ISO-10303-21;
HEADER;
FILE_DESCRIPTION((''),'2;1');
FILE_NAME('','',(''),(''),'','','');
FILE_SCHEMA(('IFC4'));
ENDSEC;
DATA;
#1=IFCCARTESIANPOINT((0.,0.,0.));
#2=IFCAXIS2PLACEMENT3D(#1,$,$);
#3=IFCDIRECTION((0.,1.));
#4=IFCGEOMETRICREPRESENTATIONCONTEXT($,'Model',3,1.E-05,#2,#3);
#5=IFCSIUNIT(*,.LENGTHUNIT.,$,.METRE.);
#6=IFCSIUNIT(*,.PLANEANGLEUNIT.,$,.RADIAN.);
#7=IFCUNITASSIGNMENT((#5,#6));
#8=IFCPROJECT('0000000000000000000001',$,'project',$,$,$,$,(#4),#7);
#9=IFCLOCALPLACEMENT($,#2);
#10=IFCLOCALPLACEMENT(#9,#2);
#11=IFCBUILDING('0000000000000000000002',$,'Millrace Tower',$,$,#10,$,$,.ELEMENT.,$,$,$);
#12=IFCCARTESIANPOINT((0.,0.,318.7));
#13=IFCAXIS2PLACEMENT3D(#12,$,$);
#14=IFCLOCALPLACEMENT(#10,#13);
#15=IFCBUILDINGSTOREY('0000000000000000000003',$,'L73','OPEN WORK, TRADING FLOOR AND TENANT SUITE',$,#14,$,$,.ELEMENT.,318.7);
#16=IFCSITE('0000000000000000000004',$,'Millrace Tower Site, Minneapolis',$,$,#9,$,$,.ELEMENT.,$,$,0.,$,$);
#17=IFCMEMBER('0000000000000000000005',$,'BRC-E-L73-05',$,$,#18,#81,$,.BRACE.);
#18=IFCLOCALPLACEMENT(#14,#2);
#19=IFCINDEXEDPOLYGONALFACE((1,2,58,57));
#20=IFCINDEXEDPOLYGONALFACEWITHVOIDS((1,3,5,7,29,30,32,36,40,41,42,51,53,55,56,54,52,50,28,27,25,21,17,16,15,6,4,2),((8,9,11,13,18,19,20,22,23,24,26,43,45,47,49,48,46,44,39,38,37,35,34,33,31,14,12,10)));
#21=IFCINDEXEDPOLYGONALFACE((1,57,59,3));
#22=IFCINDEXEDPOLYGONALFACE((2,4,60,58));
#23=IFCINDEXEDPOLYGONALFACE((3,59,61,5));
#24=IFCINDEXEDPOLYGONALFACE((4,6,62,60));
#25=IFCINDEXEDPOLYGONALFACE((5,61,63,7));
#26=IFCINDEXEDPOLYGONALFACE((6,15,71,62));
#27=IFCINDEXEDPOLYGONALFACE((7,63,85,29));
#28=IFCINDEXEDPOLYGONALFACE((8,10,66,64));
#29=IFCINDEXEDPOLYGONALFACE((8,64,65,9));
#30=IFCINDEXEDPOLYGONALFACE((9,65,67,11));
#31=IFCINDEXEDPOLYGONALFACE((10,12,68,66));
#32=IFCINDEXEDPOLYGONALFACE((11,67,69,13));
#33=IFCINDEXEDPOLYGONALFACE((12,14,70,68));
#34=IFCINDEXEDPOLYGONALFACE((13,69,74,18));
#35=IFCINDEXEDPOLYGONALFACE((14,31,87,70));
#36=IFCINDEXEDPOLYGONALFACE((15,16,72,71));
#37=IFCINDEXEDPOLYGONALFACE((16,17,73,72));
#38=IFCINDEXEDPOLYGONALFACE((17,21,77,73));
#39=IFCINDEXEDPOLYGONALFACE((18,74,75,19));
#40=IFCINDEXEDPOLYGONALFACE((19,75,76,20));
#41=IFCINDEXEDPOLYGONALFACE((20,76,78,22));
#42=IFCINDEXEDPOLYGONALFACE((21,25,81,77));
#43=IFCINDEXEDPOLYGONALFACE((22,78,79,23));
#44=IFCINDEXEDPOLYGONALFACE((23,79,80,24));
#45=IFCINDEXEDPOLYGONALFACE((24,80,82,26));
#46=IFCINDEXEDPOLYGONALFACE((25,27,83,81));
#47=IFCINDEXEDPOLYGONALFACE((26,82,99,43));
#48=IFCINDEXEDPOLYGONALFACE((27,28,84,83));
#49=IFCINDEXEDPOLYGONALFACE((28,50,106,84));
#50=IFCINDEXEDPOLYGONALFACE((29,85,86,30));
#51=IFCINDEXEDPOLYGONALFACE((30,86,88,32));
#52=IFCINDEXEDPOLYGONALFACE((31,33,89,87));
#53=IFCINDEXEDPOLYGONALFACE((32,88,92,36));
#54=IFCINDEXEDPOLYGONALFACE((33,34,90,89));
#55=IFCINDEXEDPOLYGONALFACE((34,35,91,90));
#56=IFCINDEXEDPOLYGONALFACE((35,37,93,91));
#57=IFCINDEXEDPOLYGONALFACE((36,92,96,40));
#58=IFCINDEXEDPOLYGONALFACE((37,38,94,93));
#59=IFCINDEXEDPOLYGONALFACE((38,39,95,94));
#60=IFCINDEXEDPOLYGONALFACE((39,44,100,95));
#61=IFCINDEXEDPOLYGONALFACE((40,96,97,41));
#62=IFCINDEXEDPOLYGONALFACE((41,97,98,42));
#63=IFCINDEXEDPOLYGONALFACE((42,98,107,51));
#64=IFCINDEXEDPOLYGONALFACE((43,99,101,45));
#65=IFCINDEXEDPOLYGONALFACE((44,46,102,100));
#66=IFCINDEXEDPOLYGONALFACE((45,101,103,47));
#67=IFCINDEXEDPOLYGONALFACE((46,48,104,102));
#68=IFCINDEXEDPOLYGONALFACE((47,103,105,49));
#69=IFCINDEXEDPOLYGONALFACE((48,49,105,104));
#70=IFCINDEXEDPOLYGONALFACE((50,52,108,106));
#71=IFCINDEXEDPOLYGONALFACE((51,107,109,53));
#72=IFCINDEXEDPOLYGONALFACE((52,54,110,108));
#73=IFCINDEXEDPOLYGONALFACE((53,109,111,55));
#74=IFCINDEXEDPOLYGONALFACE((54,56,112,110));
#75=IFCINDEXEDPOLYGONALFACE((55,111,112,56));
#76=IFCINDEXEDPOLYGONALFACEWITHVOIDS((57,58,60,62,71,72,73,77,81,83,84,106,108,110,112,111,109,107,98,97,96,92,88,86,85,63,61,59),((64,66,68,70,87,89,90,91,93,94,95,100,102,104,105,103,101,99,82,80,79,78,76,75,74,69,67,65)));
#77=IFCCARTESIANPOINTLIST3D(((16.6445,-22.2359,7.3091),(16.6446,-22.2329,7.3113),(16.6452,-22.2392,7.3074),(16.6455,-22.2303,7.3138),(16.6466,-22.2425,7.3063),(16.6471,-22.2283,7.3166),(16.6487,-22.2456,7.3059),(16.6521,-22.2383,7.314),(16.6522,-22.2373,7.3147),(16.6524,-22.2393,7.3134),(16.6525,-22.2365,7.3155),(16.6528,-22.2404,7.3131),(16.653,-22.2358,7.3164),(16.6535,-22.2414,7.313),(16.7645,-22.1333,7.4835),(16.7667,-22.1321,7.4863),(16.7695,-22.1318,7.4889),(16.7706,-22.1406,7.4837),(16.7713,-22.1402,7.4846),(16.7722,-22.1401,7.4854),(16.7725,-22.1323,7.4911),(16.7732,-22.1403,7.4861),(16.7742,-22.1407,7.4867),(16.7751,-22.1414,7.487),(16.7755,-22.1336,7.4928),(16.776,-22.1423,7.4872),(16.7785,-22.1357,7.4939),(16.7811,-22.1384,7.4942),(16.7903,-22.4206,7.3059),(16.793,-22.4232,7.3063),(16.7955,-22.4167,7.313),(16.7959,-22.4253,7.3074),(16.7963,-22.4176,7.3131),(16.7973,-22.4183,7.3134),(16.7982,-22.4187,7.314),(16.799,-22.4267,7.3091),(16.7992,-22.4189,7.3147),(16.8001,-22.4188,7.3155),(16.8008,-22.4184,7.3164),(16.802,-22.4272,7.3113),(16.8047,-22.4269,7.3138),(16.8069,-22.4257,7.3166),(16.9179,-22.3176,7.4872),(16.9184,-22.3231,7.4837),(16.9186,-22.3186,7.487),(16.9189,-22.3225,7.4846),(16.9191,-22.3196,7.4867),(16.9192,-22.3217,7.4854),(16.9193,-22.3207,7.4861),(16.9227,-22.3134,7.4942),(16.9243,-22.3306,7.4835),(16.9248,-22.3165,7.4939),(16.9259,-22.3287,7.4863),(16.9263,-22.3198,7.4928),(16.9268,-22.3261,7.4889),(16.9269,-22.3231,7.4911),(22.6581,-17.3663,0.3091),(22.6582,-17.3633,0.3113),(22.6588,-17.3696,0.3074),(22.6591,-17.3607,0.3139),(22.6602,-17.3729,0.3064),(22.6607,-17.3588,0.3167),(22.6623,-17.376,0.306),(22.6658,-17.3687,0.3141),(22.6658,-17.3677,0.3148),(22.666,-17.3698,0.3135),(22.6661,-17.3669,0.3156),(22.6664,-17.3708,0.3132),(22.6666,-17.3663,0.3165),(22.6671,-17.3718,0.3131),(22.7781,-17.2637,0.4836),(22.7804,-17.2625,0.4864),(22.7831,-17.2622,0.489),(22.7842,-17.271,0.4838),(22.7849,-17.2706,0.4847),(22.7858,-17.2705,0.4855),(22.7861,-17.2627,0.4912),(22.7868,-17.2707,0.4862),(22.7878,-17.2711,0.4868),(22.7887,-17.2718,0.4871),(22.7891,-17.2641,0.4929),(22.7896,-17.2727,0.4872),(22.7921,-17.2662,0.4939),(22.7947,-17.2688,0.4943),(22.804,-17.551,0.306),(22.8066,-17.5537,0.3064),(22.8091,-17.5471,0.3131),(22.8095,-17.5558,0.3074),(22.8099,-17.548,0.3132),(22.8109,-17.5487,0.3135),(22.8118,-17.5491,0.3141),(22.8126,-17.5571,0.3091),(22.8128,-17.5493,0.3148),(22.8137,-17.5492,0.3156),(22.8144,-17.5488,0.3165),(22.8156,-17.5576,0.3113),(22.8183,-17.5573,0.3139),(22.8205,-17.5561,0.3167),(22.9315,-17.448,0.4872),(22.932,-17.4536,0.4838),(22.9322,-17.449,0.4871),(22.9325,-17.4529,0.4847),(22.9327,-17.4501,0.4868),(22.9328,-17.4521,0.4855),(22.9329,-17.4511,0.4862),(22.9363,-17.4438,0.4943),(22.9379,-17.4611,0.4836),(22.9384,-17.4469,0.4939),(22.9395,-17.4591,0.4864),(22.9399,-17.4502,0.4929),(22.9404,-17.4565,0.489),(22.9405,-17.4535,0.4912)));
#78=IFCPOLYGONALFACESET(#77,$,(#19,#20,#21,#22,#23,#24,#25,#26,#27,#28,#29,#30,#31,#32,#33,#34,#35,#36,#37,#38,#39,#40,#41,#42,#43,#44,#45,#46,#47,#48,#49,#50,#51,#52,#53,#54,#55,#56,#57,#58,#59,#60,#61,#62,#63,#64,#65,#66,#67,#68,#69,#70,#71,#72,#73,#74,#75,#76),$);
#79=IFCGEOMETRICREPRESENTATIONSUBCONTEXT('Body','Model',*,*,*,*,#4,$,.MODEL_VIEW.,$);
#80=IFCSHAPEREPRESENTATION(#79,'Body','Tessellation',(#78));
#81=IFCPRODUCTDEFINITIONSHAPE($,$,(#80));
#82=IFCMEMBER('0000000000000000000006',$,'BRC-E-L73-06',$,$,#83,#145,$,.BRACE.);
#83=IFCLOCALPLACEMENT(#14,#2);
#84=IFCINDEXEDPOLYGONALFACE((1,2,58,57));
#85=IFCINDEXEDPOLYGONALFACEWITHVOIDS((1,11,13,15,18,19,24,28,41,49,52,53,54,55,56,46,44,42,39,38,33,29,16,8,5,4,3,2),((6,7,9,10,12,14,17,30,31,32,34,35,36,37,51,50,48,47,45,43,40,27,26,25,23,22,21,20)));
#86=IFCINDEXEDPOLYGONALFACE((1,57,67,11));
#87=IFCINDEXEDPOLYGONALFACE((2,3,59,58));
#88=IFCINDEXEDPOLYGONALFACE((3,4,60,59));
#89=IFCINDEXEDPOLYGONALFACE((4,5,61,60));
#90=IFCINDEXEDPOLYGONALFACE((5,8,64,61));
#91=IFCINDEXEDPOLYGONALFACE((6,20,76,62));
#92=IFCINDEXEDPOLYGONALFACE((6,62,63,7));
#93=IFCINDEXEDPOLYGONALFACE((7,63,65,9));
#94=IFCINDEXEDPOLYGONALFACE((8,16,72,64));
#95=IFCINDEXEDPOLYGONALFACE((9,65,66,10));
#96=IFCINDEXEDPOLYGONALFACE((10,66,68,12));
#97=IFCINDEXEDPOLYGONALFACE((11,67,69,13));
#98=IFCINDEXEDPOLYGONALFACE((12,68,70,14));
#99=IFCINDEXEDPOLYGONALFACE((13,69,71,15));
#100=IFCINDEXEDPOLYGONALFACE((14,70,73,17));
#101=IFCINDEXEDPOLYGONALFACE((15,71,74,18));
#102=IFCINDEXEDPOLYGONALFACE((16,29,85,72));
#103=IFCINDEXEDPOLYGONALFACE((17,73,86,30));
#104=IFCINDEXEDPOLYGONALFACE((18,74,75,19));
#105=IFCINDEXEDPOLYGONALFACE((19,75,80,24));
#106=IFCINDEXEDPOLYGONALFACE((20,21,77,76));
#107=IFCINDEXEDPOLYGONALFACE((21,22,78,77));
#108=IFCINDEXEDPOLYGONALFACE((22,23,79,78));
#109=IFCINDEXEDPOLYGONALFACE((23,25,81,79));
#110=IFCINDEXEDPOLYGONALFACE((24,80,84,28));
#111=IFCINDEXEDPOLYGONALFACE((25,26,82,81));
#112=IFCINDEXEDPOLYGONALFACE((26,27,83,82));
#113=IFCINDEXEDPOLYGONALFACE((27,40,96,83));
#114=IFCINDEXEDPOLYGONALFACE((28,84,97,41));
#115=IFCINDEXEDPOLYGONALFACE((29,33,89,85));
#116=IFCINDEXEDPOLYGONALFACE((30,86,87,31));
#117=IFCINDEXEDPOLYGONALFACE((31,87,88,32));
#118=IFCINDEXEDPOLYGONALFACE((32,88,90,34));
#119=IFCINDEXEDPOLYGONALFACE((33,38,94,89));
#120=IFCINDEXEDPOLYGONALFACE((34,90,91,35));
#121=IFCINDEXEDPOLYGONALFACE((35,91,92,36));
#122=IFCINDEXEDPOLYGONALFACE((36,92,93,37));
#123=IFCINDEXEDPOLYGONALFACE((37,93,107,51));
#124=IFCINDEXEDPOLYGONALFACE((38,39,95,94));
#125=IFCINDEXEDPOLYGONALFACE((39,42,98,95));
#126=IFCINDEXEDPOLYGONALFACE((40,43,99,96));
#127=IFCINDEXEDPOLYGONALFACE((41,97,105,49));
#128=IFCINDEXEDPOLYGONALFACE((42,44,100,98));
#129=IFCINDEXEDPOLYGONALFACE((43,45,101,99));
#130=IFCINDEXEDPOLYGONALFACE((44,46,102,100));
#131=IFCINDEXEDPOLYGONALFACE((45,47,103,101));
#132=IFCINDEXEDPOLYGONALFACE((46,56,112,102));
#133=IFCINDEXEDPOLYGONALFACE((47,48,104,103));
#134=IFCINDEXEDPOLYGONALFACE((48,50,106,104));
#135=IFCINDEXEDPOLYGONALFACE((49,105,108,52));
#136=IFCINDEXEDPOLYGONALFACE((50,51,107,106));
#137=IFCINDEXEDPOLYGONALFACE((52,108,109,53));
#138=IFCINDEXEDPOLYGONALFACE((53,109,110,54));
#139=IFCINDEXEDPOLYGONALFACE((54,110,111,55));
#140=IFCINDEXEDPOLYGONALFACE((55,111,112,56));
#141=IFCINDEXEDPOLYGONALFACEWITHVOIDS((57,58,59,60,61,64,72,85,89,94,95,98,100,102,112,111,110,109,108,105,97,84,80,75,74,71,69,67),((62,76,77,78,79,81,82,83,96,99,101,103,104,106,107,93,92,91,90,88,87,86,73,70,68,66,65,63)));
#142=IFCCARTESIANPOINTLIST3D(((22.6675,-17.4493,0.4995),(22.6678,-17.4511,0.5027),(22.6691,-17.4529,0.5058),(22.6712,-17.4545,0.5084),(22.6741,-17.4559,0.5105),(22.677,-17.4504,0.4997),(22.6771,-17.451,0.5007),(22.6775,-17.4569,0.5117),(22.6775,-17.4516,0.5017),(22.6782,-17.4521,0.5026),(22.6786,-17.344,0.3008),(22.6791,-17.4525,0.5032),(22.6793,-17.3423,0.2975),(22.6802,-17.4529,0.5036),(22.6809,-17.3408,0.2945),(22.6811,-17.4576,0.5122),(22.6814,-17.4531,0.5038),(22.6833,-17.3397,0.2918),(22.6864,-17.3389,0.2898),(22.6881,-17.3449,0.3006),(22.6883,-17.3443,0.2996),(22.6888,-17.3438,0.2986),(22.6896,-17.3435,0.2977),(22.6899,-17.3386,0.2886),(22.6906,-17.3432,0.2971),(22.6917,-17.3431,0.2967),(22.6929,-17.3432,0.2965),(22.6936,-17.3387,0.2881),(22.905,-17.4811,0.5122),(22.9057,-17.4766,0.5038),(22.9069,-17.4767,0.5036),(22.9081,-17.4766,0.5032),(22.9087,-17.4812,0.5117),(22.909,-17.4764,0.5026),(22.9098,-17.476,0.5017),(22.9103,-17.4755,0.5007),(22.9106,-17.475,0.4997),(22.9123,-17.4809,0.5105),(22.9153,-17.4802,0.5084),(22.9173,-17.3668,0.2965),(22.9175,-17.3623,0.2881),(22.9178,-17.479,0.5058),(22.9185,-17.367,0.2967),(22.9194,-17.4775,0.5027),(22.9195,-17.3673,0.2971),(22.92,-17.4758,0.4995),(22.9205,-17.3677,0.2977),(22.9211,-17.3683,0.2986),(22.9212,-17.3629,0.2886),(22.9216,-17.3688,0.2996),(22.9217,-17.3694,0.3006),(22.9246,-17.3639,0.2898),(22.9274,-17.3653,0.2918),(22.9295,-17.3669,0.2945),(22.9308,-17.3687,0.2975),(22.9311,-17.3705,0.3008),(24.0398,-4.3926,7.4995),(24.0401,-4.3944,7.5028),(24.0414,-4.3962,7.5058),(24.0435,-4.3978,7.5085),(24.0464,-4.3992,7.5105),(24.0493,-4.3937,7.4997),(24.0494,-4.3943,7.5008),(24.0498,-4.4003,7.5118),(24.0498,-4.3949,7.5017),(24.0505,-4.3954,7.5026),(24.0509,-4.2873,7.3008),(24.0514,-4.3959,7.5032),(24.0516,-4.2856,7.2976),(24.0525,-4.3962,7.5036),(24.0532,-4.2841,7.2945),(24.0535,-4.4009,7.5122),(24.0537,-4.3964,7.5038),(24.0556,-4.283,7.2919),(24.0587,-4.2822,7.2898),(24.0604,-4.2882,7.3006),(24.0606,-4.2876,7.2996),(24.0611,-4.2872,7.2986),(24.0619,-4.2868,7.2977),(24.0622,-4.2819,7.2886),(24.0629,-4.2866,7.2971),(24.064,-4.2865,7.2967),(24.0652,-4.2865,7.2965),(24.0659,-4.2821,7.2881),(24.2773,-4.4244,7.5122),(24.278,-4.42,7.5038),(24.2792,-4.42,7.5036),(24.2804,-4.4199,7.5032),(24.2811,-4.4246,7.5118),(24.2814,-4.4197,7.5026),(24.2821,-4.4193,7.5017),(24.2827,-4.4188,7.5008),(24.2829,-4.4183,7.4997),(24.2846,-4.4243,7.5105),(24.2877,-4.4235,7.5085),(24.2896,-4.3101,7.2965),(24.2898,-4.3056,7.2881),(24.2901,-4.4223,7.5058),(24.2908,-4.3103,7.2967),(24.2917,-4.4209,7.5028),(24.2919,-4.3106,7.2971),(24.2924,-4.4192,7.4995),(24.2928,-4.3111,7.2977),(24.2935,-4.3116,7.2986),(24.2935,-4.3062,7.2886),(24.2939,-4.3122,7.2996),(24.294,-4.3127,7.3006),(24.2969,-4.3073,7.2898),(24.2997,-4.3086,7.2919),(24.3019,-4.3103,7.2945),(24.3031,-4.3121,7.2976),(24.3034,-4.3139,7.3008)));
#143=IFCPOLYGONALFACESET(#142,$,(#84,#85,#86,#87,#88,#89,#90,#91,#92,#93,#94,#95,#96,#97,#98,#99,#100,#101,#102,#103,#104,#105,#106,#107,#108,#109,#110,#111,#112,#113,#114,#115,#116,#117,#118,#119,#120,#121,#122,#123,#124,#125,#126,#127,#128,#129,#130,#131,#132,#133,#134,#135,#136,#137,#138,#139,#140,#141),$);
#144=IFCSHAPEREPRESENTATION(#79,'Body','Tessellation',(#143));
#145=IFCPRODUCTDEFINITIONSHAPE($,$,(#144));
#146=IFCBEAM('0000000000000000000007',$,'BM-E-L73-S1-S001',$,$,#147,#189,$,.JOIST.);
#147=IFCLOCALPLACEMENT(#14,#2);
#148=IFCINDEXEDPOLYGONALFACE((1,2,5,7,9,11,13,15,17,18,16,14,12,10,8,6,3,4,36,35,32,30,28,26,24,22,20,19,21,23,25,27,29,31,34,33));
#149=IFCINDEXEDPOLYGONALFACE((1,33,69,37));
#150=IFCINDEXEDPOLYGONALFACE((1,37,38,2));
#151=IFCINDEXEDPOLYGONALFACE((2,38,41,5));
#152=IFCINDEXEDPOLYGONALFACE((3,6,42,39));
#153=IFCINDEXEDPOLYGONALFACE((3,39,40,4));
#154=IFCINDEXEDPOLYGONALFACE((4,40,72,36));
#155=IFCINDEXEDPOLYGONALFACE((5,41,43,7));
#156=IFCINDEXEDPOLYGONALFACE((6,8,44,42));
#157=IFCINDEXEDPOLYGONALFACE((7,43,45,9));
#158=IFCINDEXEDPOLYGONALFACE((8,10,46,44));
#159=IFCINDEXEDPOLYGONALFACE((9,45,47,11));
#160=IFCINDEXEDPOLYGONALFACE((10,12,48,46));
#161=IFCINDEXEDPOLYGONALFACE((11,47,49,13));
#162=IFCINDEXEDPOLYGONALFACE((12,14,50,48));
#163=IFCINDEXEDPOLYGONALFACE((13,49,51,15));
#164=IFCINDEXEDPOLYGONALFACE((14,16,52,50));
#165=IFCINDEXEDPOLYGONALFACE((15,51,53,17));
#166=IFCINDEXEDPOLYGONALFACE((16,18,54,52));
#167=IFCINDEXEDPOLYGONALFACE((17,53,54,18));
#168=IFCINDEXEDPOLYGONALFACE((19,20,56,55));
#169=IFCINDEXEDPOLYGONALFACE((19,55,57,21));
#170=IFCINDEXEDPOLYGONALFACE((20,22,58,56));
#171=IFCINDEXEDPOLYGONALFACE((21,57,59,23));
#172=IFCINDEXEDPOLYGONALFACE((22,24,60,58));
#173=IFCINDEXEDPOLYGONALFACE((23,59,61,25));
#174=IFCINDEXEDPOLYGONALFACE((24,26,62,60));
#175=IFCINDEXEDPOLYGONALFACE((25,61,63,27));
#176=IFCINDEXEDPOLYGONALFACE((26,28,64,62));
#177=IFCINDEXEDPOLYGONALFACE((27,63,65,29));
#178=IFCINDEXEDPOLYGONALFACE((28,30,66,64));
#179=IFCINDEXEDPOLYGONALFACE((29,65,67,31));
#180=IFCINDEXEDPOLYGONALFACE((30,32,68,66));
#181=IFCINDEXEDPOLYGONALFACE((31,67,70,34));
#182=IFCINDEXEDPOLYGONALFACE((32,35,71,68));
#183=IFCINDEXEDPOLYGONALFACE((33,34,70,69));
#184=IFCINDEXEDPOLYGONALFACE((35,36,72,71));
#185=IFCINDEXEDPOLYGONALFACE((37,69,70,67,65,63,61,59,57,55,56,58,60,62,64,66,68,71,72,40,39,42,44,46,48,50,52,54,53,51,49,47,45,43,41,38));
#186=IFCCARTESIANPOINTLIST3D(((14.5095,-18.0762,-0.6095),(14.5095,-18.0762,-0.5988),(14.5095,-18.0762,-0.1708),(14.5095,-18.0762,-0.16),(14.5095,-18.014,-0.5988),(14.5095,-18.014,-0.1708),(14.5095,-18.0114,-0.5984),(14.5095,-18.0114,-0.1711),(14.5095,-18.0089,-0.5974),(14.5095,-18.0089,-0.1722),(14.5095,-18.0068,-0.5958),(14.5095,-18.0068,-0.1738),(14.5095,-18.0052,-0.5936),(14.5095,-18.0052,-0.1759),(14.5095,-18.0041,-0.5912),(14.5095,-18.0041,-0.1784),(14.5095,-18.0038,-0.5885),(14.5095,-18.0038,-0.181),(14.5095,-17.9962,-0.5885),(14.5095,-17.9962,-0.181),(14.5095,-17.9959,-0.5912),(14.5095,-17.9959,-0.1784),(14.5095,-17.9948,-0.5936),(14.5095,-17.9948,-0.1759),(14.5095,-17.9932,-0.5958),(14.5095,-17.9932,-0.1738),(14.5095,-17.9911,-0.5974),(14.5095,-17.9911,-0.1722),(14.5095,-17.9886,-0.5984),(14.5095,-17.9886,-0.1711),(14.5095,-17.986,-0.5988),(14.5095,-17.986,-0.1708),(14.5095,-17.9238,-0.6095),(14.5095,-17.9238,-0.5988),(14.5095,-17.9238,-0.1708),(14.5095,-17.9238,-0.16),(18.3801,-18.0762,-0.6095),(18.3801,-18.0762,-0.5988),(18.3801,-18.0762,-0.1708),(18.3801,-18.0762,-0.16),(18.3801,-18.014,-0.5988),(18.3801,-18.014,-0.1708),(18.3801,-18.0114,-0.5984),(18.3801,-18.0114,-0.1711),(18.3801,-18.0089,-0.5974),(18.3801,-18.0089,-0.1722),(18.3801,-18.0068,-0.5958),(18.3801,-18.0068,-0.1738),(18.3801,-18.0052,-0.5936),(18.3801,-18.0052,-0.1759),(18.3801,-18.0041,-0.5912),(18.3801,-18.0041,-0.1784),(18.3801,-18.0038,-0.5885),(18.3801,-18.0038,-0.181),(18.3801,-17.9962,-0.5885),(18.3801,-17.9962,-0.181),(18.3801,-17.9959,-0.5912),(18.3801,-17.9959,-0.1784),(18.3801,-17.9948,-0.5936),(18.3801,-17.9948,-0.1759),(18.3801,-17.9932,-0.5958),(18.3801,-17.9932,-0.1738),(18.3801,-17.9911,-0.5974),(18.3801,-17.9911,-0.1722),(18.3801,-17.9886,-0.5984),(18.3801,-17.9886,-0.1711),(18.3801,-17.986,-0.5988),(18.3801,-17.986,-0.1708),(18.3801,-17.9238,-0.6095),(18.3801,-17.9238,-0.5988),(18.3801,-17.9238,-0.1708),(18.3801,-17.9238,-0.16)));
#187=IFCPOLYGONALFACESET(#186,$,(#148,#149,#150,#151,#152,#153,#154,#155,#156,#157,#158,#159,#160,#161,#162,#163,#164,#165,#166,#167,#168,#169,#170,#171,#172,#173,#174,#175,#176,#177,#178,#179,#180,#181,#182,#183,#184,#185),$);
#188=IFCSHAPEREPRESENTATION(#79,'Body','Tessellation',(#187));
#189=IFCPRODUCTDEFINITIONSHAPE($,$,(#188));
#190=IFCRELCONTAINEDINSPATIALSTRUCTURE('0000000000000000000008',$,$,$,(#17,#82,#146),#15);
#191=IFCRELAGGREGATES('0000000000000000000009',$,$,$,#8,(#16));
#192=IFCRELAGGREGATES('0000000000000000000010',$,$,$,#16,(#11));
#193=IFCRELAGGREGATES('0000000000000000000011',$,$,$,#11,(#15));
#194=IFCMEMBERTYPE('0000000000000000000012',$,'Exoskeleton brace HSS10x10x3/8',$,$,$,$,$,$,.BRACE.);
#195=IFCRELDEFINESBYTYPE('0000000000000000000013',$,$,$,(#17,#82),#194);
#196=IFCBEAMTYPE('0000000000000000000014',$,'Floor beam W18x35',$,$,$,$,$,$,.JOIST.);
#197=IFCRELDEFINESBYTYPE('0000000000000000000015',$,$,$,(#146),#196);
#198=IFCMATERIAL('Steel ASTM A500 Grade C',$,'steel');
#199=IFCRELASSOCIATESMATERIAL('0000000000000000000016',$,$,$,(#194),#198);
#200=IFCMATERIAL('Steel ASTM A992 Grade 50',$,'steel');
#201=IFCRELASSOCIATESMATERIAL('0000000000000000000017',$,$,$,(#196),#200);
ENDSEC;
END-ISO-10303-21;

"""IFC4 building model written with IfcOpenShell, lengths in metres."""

from ifc_helpers import new_model, si_unit, direction, frame, origin, origin_2d, place, context, subcontext, project, spatial, hollow_rectangle, i_section, extrude, material, material_profile, profile_set, type_object, element, save


model = new_model("IFC4")

# Units and contexts
model_context = context("Model", 3, precision=1e-05, world=origin(), true_north=direction((0.0, 1.0)))
body_context = subcontext(model_context, "Body", "Model", "MODEL_VIEW")
ifc_project = project(units=[si_unit("LENGTHUNIT", "METRE"), si_unit("PLANEANGLEUNIT", "RADIAN")], contexts=[model_context])

# Site, building, storey
site_placement = place(None, origin())
site = spatial("IfcSite", under=ifc_project, at=site_placement, Name="Millrace Tower Site, Minneapolis", CompositionType="ELEMENT", RefElevation=0.0)
building_placement = place(site_placement, origin())
building = spatial("IfcBuilding", under=site, at=building_placement, Name="Millrace Tower", CompositionType="ELEMENT")
storey_placement = place(building_placement, frame((0.0, 0.0, 318.7)))
storey = spatial("IfcBuildingStorey", under=building, at=storey_placement, Name="L73", Description="OPEN WORK, TRADING FLOOR AND TENANT SUITE", CompositionType="ELEMENT", Elevation=318.7)

# Members
ifc_material_1 = material(Name="Steel ASTM A500 Grade C", Category="steel")
ifc_material_profile_1 = material_profile(ifc_material_1, hollow_rectangle(XDim=0.2539, YDim=0.2539, WallThickness=0.0095, InnerFilletRadius=0.0046, OuterFilletRadius=0.0144, at=origin_2d()))
ifc_profile_set_1 = profile_set([ifc_material_profile_1], Name="Steel ASTM A500 Grade C")
member_type_1 = type_object("IfcMemberType", Name="Exoskeleton brace HSS10x10x3/8", PredefinedType="BRACE", material=ifc_profile_set_1)
member_1_placement = place(storey_placement, frame((22.7993, -17.4099, 0.4001), z_axis=(-0.576329, -0.466688, 0.670855), x_axis=(0.629309, -0.777155, 0.0)))
element("IfcMember", 1, at=member_1_placement, inside=storey, type_object=member_type_1, Name="BRC-E-L73-05", PredefinedType="BRACE", context=body_context, shape_type="SweptSolid", body=[
    extrude(hollow_rectangle(XDim=0.2539, YDim=0.2539, WallThickness=0.0095, InnerFilletRadius=0.0046, OuterFilletRadius=0.0144, at=origin_2d()), origin(), (0.0, 0.0, 1.0), 10.4343),
])
member_2_placement = place(storey_placement, frame((22.7993, -17.4099, 0.4001), z_axis=(0.092237, 0.877572, 0.470489), x_axis=(-0.994522, 0.104529, 0.0)))
element("IfcMember", 2, at=member_2_placement, inside=storey, type_object=member_type_1, Name="BRC-E-L73-06", PredefinedType="BRACE", context=body_context, shape_type="SweptSolid", body=[
    extrude(hollow_rectangle(XDim=0.2539, YDim=0.2539, WallThickness=0.0095, InnerFilletRadius=0.0046, OuterFilletRadius=0.0144, at=origin_2d()), origin(), (0.0, 0.0, 1.0), 14.8782),
])

# Beam
ifc_material_2 = material(Name="Steel ASTM A992 Grade 50", Category="steel")
ifc_material_profile_2 = material_profile(ifc_material_2, i_section(OverallWidth=0.1523, OverallDepth=0.4495, WebThickness=0.0076, FlangeThickness=0.0107, FilletRadius=0.0103, at=origin_2d()))
ifc_profile_set_2 = profile_set([ifc_material_profile_2], Name="Steel ASTM A992 Grade 50")
beam_type_1 = type_object("IfcBeamType", Name="Floor beam W18x35", PredefinedType="JOIST", material=ifc_profile_set_2)
beam_1_placement = place(storey_placement, frame((14.5095, -18.0, -0.3848), z_axis=(1.0, 0.0, 0.0), x_axis=(0.0, 1.0, 0.0)))
element("IfcBeam", 3, at=beam_1_placement, inside=storey, type_object=beam_type_1, Name="BM-E-L73-S1-S001", PredefinedType="JOIST", context=body_context, shape_type="SweptSolid", body=[
    extrude(i_section(OverallWidth=0.1523, OverallDepth=0.4495, WebThickness=0.0076, FlangeThickness=0.0107, FilletRadius=0.0103, at=origin_2d()), origin(), (0.0, 0.0, 1.0), 3.8706),
])

save(model, "model.ifc")
